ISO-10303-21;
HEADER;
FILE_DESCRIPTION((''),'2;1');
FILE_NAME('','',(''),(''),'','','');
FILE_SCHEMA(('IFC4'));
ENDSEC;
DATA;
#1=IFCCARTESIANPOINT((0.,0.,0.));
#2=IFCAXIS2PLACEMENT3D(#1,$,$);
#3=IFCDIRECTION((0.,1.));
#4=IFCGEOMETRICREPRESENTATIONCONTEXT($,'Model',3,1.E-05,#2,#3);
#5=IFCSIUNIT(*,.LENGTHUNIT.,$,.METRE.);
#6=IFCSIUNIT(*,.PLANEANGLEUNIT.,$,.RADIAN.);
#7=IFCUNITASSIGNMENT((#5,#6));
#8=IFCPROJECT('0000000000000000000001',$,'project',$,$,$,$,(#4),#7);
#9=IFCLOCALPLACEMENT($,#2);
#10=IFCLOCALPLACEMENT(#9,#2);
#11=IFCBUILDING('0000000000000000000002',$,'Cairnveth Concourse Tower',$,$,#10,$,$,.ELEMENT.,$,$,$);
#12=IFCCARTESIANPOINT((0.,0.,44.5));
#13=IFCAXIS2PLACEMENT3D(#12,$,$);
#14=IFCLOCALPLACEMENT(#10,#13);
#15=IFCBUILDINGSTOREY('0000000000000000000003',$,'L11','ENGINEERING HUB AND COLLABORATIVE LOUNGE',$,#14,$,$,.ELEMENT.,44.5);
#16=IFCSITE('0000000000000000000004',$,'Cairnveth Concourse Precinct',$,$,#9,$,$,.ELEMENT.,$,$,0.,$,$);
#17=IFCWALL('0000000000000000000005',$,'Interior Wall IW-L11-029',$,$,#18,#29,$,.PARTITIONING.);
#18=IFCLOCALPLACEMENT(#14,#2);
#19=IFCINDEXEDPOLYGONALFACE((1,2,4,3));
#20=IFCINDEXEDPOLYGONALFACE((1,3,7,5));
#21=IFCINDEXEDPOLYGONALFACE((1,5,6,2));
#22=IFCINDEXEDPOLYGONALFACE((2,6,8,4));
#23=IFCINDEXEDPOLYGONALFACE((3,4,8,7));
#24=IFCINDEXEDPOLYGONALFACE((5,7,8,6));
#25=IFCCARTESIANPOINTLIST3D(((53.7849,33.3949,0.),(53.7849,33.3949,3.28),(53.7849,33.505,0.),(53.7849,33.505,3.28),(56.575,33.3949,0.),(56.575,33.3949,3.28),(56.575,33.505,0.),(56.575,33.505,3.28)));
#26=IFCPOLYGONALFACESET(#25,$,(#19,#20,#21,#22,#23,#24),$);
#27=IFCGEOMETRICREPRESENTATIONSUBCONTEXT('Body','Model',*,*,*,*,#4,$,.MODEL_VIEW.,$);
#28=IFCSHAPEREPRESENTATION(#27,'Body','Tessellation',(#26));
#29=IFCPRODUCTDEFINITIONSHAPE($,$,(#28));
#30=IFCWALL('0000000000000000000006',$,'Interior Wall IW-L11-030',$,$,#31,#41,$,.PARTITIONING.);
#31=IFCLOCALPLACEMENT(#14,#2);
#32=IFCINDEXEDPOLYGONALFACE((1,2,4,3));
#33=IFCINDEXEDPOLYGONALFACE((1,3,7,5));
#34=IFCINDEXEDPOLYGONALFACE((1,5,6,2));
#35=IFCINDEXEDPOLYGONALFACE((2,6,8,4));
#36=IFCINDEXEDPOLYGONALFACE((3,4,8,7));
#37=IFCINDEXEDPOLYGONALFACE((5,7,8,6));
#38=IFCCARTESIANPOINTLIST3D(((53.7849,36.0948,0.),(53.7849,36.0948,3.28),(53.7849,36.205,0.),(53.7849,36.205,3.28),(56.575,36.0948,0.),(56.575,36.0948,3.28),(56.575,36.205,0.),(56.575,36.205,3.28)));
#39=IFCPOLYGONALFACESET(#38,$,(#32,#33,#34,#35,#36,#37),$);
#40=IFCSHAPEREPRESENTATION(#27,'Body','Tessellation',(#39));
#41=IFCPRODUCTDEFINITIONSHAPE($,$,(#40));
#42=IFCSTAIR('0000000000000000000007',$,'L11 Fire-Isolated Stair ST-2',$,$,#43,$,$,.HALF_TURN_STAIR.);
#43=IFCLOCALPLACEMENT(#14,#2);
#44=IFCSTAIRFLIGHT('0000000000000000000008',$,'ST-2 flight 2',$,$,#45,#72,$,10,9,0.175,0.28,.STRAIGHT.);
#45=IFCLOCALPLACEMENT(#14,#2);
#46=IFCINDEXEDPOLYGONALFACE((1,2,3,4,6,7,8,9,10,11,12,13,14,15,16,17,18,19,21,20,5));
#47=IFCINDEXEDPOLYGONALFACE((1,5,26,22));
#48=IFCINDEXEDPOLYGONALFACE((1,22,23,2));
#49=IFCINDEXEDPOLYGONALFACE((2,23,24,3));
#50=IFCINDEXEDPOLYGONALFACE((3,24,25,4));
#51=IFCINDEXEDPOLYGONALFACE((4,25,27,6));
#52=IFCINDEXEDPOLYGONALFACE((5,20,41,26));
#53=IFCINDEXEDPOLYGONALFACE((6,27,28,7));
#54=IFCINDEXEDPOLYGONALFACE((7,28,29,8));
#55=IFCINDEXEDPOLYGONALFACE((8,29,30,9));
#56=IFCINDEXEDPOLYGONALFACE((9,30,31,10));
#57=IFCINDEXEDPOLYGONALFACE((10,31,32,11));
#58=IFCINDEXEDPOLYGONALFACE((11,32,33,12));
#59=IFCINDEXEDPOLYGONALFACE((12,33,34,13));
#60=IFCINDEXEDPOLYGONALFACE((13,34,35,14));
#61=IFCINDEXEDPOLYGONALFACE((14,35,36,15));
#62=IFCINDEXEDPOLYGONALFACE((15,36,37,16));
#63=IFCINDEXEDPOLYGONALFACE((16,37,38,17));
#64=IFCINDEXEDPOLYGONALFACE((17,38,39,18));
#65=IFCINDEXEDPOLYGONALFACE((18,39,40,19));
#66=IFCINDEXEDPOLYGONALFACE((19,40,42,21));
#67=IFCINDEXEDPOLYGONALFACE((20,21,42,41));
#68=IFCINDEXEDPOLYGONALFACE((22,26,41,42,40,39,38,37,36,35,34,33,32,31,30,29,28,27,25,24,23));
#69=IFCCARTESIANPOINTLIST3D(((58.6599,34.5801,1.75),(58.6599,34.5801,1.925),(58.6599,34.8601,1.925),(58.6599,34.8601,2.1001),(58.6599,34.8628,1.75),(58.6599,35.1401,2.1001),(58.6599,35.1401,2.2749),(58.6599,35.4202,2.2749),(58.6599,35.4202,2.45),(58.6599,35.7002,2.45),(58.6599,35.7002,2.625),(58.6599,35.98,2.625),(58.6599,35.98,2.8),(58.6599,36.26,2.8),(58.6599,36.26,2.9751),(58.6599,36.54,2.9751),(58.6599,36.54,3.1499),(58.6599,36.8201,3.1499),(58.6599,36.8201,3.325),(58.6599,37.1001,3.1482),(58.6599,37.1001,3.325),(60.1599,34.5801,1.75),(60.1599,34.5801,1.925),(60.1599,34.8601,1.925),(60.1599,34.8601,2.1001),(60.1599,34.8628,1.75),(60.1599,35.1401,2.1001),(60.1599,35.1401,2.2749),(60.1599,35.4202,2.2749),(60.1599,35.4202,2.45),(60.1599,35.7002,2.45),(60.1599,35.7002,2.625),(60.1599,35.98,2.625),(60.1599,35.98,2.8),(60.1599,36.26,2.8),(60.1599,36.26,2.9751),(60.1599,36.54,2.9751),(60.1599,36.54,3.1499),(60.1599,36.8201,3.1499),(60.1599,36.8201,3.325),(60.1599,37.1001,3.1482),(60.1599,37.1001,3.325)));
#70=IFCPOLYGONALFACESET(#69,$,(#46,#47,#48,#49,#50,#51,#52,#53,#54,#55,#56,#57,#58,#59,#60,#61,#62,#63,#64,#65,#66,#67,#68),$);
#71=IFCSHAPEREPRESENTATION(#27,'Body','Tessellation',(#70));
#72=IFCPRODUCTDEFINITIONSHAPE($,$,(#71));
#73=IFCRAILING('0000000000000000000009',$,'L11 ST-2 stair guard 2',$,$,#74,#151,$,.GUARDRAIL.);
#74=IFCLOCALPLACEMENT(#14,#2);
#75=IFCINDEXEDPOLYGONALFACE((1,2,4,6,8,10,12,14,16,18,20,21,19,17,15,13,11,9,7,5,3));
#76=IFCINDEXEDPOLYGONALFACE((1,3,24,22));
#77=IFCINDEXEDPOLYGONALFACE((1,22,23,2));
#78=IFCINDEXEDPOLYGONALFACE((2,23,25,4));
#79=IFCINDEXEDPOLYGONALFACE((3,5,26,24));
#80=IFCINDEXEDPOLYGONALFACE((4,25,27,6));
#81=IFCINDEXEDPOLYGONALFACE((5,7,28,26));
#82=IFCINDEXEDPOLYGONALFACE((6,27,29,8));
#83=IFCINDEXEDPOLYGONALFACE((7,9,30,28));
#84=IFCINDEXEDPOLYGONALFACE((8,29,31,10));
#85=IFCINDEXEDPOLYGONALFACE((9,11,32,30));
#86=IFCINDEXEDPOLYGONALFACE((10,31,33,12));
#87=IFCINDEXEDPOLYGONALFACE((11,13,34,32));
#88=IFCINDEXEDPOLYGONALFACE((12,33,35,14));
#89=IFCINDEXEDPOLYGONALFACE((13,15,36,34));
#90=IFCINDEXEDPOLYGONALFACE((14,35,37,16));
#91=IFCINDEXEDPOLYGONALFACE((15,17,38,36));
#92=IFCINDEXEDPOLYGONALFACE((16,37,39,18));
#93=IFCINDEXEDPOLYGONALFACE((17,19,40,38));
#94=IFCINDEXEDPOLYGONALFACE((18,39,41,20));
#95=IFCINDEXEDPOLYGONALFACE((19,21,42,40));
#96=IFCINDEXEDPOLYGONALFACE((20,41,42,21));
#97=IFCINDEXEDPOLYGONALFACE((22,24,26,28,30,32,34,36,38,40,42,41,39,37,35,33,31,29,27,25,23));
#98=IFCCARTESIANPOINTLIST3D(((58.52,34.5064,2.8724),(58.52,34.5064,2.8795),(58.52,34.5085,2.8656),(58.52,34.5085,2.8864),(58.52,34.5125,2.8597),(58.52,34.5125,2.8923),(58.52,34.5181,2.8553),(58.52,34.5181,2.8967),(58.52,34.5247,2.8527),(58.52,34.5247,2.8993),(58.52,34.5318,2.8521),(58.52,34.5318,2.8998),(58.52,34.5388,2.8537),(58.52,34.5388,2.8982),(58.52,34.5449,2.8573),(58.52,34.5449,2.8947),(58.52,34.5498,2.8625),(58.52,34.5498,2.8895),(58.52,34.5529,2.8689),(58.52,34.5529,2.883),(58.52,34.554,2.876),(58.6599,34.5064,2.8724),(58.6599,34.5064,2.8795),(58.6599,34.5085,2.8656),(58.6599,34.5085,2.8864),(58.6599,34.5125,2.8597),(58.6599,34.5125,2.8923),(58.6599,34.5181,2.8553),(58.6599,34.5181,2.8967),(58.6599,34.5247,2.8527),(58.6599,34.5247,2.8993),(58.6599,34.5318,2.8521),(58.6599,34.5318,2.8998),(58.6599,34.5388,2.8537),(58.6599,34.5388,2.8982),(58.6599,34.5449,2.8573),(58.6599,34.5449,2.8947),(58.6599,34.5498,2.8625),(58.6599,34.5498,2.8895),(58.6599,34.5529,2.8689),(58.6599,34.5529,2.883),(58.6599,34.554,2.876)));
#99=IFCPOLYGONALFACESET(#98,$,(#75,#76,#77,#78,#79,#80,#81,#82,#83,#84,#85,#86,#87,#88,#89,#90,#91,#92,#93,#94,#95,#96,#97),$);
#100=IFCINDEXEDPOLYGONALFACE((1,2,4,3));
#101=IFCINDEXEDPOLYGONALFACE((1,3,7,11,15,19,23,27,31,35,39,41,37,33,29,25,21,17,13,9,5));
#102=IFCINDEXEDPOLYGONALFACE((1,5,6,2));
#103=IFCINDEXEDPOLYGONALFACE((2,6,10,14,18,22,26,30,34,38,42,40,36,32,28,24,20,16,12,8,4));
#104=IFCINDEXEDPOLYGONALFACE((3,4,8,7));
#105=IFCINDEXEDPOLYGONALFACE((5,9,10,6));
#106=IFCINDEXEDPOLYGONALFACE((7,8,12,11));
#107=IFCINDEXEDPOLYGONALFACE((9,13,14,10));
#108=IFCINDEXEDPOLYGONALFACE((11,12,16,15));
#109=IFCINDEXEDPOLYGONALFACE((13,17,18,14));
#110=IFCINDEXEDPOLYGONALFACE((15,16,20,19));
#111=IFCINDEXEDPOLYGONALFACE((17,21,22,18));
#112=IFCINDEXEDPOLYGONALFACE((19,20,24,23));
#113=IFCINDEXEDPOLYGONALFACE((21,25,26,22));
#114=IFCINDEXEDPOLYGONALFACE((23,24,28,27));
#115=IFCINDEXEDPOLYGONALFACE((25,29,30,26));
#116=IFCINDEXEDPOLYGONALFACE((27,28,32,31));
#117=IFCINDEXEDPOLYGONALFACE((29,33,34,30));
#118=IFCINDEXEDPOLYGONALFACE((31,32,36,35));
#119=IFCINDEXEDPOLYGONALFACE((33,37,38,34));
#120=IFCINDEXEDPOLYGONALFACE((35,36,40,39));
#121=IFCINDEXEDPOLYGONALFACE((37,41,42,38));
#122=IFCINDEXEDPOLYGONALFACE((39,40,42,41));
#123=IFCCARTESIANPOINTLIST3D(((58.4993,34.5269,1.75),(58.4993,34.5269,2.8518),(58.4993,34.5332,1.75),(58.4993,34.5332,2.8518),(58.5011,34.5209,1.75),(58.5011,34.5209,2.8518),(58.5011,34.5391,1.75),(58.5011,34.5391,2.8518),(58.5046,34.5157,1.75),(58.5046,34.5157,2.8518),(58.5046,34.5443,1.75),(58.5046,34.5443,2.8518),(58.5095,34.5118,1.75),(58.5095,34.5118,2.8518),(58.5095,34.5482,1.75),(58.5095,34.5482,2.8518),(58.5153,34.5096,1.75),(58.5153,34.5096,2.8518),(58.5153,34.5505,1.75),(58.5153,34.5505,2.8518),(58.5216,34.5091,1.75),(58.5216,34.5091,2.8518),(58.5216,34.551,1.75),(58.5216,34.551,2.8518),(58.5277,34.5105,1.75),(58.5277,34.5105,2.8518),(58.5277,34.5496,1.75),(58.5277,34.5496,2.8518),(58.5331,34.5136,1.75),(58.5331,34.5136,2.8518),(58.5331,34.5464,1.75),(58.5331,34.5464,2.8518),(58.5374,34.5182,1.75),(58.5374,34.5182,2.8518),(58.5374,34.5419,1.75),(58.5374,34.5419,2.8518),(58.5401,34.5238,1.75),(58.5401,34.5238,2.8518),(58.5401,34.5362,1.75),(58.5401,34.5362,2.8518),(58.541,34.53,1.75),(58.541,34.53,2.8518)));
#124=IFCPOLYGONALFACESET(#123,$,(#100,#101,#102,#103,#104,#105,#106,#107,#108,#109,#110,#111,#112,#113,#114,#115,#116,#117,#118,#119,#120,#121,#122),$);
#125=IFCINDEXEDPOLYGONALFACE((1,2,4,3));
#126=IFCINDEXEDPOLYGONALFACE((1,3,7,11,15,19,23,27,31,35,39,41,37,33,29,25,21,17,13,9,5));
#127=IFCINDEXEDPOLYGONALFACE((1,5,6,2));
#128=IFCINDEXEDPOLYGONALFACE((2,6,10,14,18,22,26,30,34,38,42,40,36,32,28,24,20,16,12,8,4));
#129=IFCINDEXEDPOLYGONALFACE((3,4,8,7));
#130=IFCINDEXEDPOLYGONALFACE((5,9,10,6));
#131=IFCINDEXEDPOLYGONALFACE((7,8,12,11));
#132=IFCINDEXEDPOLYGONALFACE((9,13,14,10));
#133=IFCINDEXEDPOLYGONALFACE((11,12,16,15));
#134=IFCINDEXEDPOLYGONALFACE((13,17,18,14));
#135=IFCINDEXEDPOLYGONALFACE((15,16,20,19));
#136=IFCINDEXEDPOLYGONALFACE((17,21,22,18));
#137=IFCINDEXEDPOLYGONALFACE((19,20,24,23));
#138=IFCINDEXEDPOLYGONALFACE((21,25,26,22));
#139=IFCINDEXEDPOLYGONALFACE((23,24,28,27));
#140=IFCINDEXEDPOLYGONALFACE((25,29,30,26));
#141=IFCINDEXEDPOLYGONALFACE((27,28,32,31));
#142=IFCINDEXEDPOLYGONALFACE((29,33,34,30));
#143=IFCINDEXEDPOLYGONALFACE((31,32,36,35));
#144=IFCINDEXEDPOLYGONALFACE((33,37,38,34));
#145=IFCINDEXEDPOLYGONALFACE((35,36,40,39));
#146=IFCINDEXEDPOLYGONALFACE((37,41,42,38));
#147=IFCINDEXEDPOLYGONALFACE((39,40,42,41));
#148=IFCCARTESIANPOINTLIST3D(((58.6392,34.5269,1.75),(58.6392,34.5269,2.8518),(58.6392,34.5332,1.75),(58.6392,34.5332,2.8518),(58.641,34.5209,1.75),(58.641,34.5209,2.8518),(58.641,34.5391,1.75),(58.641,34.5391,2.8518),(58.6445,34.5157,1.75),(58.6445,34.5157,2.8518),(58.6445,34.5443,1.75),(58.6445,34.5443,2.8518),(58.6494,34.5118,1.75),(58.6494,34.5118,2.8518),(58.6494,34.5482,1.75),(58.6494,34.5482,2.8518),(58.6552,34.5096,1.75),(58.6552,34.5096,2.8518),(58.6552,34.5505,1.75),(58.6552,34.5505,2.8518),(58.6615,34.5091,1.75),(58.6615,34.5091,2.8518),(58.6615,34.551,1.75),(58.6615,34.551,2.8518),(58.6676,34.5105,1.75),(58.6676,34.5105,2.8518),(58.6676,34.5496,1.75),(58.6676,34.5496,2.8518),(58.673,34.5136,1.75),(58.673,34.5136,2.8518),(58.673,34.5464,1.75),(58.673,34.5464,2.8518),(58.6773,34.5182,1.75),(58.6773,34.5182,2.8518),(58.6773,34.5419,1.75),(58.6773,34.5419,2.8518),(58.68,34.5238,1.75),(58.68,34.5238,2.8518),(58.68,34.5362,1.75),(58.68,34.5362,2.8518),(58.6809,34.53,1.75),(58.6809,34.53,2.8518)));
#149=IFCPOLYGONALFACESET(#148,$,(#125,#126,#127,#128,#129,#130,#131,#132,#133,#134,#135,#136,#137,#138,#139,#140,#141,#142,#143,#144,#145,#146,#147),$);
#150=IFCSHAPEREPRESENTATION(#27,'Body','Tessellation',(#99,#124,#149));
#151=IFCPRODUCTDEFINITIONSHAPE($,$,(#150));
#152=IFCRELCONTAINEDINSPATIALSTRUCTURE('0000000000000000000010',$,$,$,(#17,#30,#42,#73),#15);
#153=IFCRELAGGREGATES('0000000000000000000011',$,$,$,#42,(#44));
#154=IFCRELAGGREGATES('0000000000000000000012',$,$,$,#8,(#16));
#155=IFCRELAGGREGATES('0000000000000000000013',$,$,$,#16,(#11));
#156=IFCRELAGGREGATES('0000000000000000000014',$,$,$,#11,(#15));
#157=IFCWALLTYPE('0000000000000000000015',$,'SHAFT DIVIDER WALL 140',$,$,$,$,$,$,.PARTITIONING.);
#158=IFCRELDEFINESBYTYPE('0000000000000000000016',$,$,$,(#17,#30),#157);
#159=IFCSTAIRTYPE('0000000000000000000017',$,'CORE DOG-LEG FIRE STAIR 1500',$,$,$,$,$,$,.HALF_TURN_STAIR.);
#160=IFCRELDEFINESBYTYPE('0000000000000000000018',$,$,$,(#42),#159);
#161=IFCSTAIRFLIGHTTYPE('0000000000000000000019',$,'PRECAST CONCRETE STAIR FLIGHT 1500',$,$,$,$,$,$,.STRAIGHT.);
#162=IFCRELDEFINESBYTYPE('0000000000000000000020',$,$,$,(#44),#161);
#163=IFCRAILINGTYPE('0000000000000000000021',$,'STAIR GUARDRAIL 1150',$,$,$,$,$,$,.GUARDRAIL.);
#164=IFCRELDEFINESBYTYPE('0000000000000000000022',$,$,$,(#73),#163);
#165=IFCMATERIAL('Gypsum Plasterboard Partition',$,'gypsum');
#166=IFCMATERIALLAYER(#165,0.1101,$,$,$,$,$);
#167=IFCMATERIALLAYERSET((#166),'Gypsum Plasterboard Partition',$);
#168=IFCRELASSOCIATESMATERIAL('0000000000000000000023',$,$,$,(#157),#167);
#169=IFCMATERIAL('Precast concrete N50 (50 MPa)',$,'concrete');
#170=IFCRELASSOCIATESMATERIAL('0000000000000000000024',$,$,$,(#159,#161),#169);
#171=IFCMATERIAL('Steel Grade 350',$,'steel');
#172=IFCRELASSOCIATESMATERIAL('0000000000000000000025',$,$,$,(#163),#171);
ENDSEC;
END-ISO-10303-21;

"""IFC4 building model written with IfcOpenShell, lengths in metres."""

from ifc_helpers import new_model, si_unit, direction, frame, frame_2d, origin, origin_2d, place, context, subcontext, project, spatial, polyline, rectangle, circle, outline, extrude, material, layer, layer_set, type_object, element, aggregate, save


model = new_model("IFC4")

# Units and contexts
model_context = context("Model", 3, precision=1e-05, world=origin(), true_north=direction((0.0, 1.0)))
body_context = subcontext(model_context, "Body", "Model", "MODEL_VIEW")
ifc_project = project(units=[si_unit("LENGTHUNIT", "METRE"), si_unit("PLANEANGLEUNIT", "RADIAN")], contexts=[model_context])

# Site, building, storey
site_placement = place(None, origin())
site = spatial("IfcSite", under=ifc_project, at=site_placement, Name="Cairnveth Concourse Precinct", CompositionType="ELEMENT", RefElevation=0.0)
building_placement = place(site_placement, origin())
building = spatial("IfcBuilding", under=site, at=building_placement, Name="Cairnveth Concourse Tower", CompositionType="ELEMENT")
storey_placement = place(building_placement, frame((0.0, 0.0, 44.5)))
storey = spatial("IfcBuildingStorey", under=building, at=storey_placement, Name="L11", Description="ENGINEERING HUB AND COLLABORATIVE LOUNGE", CompositionType="ELEMENT", Elevation=44.5)

# Shared definitions
ifc_material_1 = material(Name="Steel Grade 350", Category="steel")

# Walls
ifc_material_2 = material(Name="Gypsum Plasterboard Partition", Category="gypsum")
ifc_layer_1 = layer(ifc_material_2, 0.1101)
ifc_layer_set_1 = layer_set([ifc_layer_1], Name="Gypsum Plasterboard Partition")
wall_type_1 = type_object("IfcWallType", Name="SHAFT DIVIDER WALL 140", PredefinedType="PARTITIONING", material=ifc_layer_set_1)
for number, where, z_axis, x_axis, name in (
    (1, (53.7849, 33.45, 0.0), (0.0, 0.0, 1.0), (1.0, 0.0, 0.0), "Interior Wall IW-L11-029"),
    (2, (53.7849, 36.1499, 0.0), (0.0, 0.0, 1.0), (1.0, 0.0, 0.0), "Interior Wall IW-L11-030"),
):
    element("IfcWall", number, at=place(storey_placement, frame(where, z_axis=z_axis, x_axis=x_axis)), inside=storey, type_object=wall_type_1, Name=name, PredefinedType="PARTITIONING", context=body_context, shape_type="SweptSolid", body=[
        extrude(rectangle(XDim=2.79, YDim=0.1101, at=frame_2d((1.395, 0.0))), origin(), (0.0, 0.0, 1.0), 3.28),
    ])

# Stair, stair flight
ifc_material_3 = material(Name="Precast concrete N50 (50 MPa)", Category="concrete")
stair_type = type_object("IfcStairType", Name="CORE DOG-LEG FIRE STAIR 1500", PredefinedType="HALF_TURN_STAIR", material=ifc_material_3)
stair_placement = place(storey_placement, origin())
stair = element("IfcStair", 3, at=stair_placement, inside=storey, type_object=stair_type, Name="L11 Fire-Isolated Stair ST-2", PredefinedType="HALF_TURN_STAIR")
stair_flight_type = type_object("IfcStairFlightType", Name="PRECAST CONCRETE STAIR FLIGHT 1500", PredefinedType="STRAIGHT", material=ifc_material_3)
stair_flight_placement = place(storey_placement, frame((59.4099, 34.5801, 1.75), z_axis=(0.0, 0.0, 1.0), x_axis=(0.0, 1.0, 0.0)))
stair_flight = element("IfcStairFlight", 4, at=stair_flight_placement, type_object=stair_flight_type, Name="ST-2 flight 2", NumberOfRisers=10, NumberOfTreads=9, PredefinedType="STRAIGHT", RiserHeight=0.175, TreadLength=0.28, context=body_context, shape_type="SweptSolid", body=[
    extrude(outline(polyline([(0.0, 0.0), (0.0, 0.175), (0.28, 0.175), (0.28, 0.3501), (0.5601, 0.3501), (0.5601, 0.5249), (0.8401, 0.5249), (0.8401, 0.7), (1.1201, 0.7), (1.1201, 0.875), (1.3999, 0.875), (1.3999, 1.05), (1.6799, 1.05), (1.6799, 1.2251), (1.96, 1.2251), (1.96, 1.3999), (2.24, 1.3999), (2.24, 1.575), (2.52, 1.575), (2.52, 1.75), (2.52, 1.3982), (0.2827, 0.0), (0.0, 0.0)])), frame((0.0, 0.75, 0.0), z_axis=(0.0, -1.0, 0.0), x_axis=(1.0, 0.0, 0.0)), (0.0, 0.0, 1.0), 1.5),
])
aggregate(stair, [stair_flight])

# Railing
railing_type_1 = type_object("IfcRailingType", Name="STAIR GUARDRAIL 1150", PredefinedType="GUARDRAIL", material=ifc_material_1)
railing_1_placement = place(storey_placement, frame((58.52, 34.53, 1.75)))
element("IfcRailing", 5, at=railing_1_placement, inside=storey, type_object=railing_type_1, Name="L11 ST-2 stair guard 2", PredefinedType="GUARDRAIL", context=body_context, shape_type="SweptSolid", body=[
    extrude(circle(Radius=0.0239, at=origin_2d()), frame((0.0, 0.0, 1.126), z_axis=(1.0, 0.0, 0.0), x_axis=(0.0, 1.0, 0.0)), (0.0, 0.0, 1.0), 0.1399),
    extrude(circle(Radius=0.021, at=origin_2d()), origin(), (0.0, 0.0, 1.0), 1.1018),
    extrude(circle(Radius=0.021, at=origin_2d()), frame((0.1399, 0.0, 0.0)), (0.0, 0.0, 1.0), 1.1018),
])

save(model, "model.ifc")
